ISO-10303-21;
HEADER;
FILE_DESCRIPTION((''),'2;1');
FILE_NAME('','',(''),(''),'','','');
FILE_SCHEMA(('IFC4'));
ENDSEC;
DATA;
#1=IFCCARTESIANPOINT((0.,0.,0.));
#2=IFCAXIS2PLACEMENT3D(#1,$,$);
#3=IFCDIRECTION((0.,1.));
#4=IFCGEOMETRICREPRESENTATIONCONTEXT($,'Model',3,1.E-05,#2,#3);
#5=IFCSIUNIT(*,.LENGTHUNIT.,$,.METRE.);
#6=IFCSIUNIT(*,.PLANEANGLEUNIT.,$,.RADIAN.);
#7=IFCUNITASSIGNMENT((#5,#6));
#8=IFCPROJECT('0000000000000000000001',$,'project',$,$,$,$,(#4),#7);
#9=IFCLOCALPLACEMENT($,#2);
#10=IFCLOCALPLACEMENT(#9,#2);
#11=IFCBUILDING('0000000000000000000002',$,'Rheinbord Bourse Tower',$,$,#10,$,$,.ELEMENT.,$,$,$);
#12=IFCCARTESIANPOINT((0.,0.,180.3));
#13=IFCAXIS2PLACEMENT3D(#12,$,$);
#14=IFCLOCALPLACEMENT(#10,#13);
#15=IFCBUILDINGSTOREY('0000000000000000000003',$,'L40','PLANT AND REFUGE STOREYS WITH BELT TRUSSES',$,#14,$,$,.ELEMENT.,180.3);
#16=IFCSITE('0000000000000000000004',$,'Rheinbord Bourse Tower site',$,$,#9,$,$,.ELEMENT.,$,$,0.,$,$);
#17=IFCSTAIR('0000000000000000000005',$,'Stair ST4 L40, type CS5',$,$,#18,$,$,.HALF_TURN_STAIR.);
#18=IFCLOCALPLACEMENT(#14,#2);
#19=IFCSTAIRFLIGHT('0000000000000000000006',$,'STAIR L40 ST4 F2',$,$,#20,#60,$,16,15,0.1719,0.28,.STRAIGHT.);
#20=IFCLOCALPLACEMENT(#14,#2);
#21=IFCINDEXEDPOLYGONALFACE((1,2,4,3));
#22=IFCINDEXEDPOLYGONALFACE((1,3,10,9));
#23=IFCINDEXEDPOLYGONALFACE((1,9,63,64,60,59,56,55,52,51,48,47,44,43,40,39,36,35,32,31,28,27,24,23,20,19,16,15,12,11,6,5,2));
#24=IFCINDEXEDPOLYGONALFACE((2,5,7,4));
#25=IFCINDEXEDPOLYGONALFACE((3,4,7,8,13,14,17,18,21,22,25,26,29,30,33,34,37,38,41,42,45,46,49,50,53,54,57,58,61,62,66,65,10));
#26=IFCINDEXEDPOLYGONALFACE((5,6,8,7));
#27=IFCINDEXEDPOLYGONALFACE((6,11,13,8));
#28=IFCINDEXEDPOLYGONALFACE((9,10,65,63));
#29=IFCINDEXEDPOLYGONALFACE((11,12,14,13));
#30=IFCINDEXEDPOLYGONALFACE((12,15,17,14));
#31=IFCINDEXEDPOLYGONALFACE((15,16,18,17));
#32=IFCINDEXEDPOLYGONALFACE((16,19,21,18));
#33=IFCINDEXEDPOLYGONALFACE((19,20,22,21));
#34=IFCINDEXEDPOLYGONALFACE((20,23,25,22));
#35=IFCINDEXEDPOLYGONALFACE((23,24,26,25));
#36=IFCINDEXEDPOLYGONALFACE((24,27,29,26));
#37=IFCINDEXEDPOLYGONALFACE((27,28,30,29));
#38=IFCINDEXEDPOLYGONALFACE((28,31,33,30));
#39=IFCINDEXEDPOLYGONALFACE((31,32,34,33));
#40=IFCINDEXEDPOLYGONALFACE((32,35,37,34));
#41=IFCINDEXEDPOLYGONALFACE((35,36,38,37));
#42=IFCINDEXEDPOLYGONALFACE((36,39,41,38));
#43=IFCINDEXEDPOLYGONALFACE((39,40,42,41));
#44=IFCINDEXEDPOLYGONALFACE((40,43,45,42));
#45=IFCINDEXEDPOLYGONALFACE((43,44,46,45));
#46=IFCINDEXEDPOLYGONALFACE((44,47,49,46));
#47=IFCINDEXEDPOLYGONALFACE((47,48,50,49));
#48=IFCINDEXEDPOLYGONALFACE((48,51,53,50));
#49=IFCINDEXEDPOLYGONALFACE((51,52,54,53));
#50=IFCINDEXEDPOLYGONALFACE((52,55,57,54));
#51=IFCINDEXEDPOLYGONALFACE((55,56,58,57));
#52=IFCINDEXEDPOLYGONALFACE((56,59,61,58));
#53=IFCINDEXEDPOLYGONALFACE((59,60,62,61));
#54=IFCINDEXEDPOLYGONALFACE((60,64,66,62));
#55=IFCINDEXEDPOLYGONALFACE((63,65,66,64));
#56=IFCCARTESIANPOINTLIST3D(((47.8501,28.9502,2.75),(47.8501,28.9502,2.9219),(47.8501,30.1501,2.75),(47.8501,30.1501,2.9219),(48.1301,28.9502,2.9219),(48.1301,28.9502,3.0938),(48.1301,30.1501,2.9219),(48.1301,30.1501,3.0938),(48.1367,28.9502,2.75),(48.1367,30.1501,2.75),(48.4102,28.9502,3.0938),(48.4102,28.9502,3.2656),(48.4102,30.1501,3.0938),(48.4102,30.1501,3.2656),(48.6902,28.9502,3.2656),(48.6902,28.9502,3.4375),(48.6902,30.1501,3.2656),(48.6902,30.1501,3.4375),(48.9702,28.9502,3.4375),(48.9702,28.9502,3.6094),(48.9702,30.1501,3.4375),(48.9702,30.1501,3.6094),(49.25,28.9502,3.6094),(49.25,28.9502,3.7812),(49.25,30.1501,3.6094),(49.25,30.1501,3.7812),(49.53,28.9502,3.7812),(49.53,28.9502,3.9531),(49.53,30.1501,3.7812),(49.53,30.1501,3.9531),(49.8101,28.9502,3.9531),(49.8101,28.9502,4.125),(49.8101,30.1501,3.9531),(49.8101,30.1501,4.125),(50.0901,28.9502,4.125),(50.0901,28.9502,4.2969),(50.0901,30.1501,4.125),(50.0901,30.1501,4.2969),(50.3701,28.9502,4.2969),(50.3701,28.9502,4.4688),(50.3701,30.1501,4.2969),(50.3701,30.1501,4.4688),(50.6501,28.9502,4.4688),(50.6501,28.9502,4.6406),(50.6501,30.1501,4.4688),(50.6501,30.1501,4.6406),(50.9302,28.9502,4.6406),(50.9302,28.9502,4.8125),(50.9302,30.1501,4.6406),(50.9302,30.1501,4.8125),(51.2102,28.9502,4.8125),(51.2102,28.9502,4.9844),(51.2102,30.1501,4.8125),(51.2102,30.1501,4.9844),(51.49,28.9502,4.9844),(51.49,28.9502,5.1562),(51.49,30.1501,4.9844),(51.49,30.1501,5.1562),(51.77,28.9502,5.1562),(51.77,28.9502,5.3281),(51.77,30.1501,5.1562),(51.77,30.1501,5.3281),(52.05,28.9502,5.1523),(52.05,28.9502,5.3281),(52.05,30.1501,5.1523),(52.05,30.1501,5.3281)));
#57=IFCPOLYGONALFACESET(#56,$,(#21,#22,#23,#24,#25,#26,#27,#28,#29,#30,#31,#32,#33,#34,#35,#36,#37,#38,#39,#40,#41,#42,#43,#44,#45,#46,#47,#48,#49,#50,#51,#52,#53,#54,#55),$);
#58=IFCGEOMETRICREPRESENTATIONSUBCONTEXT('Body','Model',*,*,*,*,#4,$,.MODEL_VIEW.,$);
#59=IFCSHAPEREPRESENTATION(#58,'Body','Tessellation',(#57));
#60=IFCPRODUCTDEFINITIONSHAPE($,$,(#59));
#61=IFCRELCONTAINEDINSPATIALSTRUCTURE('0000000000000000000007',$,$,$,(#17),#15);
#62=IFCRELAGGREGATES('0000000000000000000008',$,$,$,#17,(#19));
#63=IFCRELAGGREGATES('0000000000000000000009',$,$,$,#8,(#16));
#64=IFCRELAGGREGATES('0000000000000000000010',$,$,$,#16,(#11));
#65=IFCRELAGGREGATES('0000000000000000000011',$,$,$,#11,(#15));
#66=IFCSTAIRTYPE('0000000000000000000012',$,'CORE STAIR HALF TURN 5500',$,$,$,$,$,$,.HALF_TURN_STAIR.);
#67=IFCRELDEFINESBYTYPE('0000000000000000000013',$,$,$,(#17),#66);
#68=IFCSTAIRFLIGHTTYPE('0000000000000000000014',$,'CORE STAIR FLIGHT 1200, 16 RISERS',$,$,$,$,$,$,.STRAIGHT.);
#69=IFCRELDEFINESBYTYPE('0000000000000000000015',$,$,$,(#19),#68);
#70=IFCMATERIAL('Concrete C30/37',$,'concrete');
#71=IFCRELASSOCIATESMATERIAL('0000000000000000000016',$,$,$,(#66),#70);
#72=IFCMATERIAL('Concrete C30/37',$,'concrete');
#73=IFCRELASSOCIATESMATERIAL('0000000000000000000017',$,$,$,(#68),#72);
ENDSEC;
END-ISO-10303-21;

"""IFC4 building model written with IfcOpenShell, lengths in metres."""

from ifc_helpers import new_model, si_unit, direction, frame, origin, place, context, subcontext, project, spatial, polyline, outline, extrude, material, type_object, element, aggregate, save


model = new_model("IFC4")

# Units and contexts
model_context = context("Model", 3, precision=1e-05, world=origin(), true_north=direction((0.0, 1.0)))
body_context = subcontext(model_context, "Body", "Model", "MODEL_VIEW")
ifc_project = project(units=[si_unit("LENGTHUNIT", "METRE"), si_unit("PLANEANGLEUNIT", "RADIAN")], contexts=[model_context])

# Site, building, storey
site_placement = place(None, origin())
site = spatial("IfcSite", under=ifc_project, at=site_placement, Name="Rheinbord Bourse Tower site", CompositionType="ELEMENT", RefElevation=0.0)
building_placement = place(site_placement, origin())
building = spatial("IfcBuilding", under=site, at=building_placement, Name="Rheinbord Bourse Tower", CompositionType="ELEMENT")
storey_placement = place(building_placement, frame((0.0, 0.0, 180.3)))
storey = spatial("IfcBuildingStorey", under=building, at=storey_placement, Name="L40", Description="PLANT AND REFUGE STOREYS WITH BELT TRUSSES", CompositionType="ELEMENT", Elevation=180.3)

# Stair, stair flight
ifc_material_1 = material(Name="Concrete C30/37", Category="concrete")
stair_type = type_object("IfcStairType", Name="CORE STAIR HALF TURN 5500", PredefinedType="HALF_TURN_STAIR", material=ifc_material_1)
stair_placement = place(storey_placement, origin())
stair = element("IfcStair", 1, at=stair_placement, inside=storey, type_object=stair_type, Name="Stair ST4 L40, type CS5", PredefinedType="HALF_TURN_STAIR")
ifc_material_2 = material(Name="Concrete C30/37", Category="concrete")
stair_flight_type = type_object("IfcStairFlightType", Name="CORE STAIR FLIGHT 1200, 16 RISERS", PredefinedType="STRAIGHT", material=ifc_material_2)
stair_flight_1_placement = place(storey_placement, frame((47.8501, 29.55, 2.75), z_axis=(0.0, 0.0, 1.0), x_axis=(1.0, 0.0, 0.0)))
stair_flight_1 = element("IfcStairFlight", 2, at=stair_flight_1_placement, type_object=stair_flight_type, Name="STAIR L40 ST4 F2", NumberOfRisers=16, NumberOfTreads=15, PredefinedType="STRAIGHT", RiserHeight=0.1719, TreadLength=0.28, context=body_context, shape_type="SweptSolid", body=[
    extrude(outline(polyline([(0.0, 0.0), (0.0, 0.1719), (0.28, 0.1719), (0.28, 0.3438), (0.5601, 0.3438), (0.5601, 0.5156), (0.8401, 0.5156), (0.8401, 0.6875), (1.1201, 0.6875), (1.1201, 0.8594), (1.3999, 0.8594), (1.3999, 1.0312), (1.6799, 1.0312), (1.6799, 1.2031), (1.96, 1.2031), (1.96, 1.375), (2.24, 1.375), (2.24, 1.5469), (2.52, 1.5469), (2.52, 1.7188), (2.8, 1.7188), (2.8, 1.8906), (3.0801, 1.8906), (3.0801, 2.0625), (3.3601, 2.0625), (3.3601, 2.2344), (3.6399, 2.2344), (3.6399, 2.4062), (3.9199, 2.4062), (3.9199, 2.5781), (4.2, 2.5781), (4.2, 2.75), (4.2, 2.4023), (0.2866, 0.0), (0.0, 0.0)])), frame((0.0, 0.6001, 0.0), z_axis=(0.0, -1.0, 0.0), x_axis=(1.0, 0.0, 0.0)), (0.0, 0.0, 1.0), 1.2),
])
aggregate(stair, [stair_flight_1])

save(model, "model.ifc")
